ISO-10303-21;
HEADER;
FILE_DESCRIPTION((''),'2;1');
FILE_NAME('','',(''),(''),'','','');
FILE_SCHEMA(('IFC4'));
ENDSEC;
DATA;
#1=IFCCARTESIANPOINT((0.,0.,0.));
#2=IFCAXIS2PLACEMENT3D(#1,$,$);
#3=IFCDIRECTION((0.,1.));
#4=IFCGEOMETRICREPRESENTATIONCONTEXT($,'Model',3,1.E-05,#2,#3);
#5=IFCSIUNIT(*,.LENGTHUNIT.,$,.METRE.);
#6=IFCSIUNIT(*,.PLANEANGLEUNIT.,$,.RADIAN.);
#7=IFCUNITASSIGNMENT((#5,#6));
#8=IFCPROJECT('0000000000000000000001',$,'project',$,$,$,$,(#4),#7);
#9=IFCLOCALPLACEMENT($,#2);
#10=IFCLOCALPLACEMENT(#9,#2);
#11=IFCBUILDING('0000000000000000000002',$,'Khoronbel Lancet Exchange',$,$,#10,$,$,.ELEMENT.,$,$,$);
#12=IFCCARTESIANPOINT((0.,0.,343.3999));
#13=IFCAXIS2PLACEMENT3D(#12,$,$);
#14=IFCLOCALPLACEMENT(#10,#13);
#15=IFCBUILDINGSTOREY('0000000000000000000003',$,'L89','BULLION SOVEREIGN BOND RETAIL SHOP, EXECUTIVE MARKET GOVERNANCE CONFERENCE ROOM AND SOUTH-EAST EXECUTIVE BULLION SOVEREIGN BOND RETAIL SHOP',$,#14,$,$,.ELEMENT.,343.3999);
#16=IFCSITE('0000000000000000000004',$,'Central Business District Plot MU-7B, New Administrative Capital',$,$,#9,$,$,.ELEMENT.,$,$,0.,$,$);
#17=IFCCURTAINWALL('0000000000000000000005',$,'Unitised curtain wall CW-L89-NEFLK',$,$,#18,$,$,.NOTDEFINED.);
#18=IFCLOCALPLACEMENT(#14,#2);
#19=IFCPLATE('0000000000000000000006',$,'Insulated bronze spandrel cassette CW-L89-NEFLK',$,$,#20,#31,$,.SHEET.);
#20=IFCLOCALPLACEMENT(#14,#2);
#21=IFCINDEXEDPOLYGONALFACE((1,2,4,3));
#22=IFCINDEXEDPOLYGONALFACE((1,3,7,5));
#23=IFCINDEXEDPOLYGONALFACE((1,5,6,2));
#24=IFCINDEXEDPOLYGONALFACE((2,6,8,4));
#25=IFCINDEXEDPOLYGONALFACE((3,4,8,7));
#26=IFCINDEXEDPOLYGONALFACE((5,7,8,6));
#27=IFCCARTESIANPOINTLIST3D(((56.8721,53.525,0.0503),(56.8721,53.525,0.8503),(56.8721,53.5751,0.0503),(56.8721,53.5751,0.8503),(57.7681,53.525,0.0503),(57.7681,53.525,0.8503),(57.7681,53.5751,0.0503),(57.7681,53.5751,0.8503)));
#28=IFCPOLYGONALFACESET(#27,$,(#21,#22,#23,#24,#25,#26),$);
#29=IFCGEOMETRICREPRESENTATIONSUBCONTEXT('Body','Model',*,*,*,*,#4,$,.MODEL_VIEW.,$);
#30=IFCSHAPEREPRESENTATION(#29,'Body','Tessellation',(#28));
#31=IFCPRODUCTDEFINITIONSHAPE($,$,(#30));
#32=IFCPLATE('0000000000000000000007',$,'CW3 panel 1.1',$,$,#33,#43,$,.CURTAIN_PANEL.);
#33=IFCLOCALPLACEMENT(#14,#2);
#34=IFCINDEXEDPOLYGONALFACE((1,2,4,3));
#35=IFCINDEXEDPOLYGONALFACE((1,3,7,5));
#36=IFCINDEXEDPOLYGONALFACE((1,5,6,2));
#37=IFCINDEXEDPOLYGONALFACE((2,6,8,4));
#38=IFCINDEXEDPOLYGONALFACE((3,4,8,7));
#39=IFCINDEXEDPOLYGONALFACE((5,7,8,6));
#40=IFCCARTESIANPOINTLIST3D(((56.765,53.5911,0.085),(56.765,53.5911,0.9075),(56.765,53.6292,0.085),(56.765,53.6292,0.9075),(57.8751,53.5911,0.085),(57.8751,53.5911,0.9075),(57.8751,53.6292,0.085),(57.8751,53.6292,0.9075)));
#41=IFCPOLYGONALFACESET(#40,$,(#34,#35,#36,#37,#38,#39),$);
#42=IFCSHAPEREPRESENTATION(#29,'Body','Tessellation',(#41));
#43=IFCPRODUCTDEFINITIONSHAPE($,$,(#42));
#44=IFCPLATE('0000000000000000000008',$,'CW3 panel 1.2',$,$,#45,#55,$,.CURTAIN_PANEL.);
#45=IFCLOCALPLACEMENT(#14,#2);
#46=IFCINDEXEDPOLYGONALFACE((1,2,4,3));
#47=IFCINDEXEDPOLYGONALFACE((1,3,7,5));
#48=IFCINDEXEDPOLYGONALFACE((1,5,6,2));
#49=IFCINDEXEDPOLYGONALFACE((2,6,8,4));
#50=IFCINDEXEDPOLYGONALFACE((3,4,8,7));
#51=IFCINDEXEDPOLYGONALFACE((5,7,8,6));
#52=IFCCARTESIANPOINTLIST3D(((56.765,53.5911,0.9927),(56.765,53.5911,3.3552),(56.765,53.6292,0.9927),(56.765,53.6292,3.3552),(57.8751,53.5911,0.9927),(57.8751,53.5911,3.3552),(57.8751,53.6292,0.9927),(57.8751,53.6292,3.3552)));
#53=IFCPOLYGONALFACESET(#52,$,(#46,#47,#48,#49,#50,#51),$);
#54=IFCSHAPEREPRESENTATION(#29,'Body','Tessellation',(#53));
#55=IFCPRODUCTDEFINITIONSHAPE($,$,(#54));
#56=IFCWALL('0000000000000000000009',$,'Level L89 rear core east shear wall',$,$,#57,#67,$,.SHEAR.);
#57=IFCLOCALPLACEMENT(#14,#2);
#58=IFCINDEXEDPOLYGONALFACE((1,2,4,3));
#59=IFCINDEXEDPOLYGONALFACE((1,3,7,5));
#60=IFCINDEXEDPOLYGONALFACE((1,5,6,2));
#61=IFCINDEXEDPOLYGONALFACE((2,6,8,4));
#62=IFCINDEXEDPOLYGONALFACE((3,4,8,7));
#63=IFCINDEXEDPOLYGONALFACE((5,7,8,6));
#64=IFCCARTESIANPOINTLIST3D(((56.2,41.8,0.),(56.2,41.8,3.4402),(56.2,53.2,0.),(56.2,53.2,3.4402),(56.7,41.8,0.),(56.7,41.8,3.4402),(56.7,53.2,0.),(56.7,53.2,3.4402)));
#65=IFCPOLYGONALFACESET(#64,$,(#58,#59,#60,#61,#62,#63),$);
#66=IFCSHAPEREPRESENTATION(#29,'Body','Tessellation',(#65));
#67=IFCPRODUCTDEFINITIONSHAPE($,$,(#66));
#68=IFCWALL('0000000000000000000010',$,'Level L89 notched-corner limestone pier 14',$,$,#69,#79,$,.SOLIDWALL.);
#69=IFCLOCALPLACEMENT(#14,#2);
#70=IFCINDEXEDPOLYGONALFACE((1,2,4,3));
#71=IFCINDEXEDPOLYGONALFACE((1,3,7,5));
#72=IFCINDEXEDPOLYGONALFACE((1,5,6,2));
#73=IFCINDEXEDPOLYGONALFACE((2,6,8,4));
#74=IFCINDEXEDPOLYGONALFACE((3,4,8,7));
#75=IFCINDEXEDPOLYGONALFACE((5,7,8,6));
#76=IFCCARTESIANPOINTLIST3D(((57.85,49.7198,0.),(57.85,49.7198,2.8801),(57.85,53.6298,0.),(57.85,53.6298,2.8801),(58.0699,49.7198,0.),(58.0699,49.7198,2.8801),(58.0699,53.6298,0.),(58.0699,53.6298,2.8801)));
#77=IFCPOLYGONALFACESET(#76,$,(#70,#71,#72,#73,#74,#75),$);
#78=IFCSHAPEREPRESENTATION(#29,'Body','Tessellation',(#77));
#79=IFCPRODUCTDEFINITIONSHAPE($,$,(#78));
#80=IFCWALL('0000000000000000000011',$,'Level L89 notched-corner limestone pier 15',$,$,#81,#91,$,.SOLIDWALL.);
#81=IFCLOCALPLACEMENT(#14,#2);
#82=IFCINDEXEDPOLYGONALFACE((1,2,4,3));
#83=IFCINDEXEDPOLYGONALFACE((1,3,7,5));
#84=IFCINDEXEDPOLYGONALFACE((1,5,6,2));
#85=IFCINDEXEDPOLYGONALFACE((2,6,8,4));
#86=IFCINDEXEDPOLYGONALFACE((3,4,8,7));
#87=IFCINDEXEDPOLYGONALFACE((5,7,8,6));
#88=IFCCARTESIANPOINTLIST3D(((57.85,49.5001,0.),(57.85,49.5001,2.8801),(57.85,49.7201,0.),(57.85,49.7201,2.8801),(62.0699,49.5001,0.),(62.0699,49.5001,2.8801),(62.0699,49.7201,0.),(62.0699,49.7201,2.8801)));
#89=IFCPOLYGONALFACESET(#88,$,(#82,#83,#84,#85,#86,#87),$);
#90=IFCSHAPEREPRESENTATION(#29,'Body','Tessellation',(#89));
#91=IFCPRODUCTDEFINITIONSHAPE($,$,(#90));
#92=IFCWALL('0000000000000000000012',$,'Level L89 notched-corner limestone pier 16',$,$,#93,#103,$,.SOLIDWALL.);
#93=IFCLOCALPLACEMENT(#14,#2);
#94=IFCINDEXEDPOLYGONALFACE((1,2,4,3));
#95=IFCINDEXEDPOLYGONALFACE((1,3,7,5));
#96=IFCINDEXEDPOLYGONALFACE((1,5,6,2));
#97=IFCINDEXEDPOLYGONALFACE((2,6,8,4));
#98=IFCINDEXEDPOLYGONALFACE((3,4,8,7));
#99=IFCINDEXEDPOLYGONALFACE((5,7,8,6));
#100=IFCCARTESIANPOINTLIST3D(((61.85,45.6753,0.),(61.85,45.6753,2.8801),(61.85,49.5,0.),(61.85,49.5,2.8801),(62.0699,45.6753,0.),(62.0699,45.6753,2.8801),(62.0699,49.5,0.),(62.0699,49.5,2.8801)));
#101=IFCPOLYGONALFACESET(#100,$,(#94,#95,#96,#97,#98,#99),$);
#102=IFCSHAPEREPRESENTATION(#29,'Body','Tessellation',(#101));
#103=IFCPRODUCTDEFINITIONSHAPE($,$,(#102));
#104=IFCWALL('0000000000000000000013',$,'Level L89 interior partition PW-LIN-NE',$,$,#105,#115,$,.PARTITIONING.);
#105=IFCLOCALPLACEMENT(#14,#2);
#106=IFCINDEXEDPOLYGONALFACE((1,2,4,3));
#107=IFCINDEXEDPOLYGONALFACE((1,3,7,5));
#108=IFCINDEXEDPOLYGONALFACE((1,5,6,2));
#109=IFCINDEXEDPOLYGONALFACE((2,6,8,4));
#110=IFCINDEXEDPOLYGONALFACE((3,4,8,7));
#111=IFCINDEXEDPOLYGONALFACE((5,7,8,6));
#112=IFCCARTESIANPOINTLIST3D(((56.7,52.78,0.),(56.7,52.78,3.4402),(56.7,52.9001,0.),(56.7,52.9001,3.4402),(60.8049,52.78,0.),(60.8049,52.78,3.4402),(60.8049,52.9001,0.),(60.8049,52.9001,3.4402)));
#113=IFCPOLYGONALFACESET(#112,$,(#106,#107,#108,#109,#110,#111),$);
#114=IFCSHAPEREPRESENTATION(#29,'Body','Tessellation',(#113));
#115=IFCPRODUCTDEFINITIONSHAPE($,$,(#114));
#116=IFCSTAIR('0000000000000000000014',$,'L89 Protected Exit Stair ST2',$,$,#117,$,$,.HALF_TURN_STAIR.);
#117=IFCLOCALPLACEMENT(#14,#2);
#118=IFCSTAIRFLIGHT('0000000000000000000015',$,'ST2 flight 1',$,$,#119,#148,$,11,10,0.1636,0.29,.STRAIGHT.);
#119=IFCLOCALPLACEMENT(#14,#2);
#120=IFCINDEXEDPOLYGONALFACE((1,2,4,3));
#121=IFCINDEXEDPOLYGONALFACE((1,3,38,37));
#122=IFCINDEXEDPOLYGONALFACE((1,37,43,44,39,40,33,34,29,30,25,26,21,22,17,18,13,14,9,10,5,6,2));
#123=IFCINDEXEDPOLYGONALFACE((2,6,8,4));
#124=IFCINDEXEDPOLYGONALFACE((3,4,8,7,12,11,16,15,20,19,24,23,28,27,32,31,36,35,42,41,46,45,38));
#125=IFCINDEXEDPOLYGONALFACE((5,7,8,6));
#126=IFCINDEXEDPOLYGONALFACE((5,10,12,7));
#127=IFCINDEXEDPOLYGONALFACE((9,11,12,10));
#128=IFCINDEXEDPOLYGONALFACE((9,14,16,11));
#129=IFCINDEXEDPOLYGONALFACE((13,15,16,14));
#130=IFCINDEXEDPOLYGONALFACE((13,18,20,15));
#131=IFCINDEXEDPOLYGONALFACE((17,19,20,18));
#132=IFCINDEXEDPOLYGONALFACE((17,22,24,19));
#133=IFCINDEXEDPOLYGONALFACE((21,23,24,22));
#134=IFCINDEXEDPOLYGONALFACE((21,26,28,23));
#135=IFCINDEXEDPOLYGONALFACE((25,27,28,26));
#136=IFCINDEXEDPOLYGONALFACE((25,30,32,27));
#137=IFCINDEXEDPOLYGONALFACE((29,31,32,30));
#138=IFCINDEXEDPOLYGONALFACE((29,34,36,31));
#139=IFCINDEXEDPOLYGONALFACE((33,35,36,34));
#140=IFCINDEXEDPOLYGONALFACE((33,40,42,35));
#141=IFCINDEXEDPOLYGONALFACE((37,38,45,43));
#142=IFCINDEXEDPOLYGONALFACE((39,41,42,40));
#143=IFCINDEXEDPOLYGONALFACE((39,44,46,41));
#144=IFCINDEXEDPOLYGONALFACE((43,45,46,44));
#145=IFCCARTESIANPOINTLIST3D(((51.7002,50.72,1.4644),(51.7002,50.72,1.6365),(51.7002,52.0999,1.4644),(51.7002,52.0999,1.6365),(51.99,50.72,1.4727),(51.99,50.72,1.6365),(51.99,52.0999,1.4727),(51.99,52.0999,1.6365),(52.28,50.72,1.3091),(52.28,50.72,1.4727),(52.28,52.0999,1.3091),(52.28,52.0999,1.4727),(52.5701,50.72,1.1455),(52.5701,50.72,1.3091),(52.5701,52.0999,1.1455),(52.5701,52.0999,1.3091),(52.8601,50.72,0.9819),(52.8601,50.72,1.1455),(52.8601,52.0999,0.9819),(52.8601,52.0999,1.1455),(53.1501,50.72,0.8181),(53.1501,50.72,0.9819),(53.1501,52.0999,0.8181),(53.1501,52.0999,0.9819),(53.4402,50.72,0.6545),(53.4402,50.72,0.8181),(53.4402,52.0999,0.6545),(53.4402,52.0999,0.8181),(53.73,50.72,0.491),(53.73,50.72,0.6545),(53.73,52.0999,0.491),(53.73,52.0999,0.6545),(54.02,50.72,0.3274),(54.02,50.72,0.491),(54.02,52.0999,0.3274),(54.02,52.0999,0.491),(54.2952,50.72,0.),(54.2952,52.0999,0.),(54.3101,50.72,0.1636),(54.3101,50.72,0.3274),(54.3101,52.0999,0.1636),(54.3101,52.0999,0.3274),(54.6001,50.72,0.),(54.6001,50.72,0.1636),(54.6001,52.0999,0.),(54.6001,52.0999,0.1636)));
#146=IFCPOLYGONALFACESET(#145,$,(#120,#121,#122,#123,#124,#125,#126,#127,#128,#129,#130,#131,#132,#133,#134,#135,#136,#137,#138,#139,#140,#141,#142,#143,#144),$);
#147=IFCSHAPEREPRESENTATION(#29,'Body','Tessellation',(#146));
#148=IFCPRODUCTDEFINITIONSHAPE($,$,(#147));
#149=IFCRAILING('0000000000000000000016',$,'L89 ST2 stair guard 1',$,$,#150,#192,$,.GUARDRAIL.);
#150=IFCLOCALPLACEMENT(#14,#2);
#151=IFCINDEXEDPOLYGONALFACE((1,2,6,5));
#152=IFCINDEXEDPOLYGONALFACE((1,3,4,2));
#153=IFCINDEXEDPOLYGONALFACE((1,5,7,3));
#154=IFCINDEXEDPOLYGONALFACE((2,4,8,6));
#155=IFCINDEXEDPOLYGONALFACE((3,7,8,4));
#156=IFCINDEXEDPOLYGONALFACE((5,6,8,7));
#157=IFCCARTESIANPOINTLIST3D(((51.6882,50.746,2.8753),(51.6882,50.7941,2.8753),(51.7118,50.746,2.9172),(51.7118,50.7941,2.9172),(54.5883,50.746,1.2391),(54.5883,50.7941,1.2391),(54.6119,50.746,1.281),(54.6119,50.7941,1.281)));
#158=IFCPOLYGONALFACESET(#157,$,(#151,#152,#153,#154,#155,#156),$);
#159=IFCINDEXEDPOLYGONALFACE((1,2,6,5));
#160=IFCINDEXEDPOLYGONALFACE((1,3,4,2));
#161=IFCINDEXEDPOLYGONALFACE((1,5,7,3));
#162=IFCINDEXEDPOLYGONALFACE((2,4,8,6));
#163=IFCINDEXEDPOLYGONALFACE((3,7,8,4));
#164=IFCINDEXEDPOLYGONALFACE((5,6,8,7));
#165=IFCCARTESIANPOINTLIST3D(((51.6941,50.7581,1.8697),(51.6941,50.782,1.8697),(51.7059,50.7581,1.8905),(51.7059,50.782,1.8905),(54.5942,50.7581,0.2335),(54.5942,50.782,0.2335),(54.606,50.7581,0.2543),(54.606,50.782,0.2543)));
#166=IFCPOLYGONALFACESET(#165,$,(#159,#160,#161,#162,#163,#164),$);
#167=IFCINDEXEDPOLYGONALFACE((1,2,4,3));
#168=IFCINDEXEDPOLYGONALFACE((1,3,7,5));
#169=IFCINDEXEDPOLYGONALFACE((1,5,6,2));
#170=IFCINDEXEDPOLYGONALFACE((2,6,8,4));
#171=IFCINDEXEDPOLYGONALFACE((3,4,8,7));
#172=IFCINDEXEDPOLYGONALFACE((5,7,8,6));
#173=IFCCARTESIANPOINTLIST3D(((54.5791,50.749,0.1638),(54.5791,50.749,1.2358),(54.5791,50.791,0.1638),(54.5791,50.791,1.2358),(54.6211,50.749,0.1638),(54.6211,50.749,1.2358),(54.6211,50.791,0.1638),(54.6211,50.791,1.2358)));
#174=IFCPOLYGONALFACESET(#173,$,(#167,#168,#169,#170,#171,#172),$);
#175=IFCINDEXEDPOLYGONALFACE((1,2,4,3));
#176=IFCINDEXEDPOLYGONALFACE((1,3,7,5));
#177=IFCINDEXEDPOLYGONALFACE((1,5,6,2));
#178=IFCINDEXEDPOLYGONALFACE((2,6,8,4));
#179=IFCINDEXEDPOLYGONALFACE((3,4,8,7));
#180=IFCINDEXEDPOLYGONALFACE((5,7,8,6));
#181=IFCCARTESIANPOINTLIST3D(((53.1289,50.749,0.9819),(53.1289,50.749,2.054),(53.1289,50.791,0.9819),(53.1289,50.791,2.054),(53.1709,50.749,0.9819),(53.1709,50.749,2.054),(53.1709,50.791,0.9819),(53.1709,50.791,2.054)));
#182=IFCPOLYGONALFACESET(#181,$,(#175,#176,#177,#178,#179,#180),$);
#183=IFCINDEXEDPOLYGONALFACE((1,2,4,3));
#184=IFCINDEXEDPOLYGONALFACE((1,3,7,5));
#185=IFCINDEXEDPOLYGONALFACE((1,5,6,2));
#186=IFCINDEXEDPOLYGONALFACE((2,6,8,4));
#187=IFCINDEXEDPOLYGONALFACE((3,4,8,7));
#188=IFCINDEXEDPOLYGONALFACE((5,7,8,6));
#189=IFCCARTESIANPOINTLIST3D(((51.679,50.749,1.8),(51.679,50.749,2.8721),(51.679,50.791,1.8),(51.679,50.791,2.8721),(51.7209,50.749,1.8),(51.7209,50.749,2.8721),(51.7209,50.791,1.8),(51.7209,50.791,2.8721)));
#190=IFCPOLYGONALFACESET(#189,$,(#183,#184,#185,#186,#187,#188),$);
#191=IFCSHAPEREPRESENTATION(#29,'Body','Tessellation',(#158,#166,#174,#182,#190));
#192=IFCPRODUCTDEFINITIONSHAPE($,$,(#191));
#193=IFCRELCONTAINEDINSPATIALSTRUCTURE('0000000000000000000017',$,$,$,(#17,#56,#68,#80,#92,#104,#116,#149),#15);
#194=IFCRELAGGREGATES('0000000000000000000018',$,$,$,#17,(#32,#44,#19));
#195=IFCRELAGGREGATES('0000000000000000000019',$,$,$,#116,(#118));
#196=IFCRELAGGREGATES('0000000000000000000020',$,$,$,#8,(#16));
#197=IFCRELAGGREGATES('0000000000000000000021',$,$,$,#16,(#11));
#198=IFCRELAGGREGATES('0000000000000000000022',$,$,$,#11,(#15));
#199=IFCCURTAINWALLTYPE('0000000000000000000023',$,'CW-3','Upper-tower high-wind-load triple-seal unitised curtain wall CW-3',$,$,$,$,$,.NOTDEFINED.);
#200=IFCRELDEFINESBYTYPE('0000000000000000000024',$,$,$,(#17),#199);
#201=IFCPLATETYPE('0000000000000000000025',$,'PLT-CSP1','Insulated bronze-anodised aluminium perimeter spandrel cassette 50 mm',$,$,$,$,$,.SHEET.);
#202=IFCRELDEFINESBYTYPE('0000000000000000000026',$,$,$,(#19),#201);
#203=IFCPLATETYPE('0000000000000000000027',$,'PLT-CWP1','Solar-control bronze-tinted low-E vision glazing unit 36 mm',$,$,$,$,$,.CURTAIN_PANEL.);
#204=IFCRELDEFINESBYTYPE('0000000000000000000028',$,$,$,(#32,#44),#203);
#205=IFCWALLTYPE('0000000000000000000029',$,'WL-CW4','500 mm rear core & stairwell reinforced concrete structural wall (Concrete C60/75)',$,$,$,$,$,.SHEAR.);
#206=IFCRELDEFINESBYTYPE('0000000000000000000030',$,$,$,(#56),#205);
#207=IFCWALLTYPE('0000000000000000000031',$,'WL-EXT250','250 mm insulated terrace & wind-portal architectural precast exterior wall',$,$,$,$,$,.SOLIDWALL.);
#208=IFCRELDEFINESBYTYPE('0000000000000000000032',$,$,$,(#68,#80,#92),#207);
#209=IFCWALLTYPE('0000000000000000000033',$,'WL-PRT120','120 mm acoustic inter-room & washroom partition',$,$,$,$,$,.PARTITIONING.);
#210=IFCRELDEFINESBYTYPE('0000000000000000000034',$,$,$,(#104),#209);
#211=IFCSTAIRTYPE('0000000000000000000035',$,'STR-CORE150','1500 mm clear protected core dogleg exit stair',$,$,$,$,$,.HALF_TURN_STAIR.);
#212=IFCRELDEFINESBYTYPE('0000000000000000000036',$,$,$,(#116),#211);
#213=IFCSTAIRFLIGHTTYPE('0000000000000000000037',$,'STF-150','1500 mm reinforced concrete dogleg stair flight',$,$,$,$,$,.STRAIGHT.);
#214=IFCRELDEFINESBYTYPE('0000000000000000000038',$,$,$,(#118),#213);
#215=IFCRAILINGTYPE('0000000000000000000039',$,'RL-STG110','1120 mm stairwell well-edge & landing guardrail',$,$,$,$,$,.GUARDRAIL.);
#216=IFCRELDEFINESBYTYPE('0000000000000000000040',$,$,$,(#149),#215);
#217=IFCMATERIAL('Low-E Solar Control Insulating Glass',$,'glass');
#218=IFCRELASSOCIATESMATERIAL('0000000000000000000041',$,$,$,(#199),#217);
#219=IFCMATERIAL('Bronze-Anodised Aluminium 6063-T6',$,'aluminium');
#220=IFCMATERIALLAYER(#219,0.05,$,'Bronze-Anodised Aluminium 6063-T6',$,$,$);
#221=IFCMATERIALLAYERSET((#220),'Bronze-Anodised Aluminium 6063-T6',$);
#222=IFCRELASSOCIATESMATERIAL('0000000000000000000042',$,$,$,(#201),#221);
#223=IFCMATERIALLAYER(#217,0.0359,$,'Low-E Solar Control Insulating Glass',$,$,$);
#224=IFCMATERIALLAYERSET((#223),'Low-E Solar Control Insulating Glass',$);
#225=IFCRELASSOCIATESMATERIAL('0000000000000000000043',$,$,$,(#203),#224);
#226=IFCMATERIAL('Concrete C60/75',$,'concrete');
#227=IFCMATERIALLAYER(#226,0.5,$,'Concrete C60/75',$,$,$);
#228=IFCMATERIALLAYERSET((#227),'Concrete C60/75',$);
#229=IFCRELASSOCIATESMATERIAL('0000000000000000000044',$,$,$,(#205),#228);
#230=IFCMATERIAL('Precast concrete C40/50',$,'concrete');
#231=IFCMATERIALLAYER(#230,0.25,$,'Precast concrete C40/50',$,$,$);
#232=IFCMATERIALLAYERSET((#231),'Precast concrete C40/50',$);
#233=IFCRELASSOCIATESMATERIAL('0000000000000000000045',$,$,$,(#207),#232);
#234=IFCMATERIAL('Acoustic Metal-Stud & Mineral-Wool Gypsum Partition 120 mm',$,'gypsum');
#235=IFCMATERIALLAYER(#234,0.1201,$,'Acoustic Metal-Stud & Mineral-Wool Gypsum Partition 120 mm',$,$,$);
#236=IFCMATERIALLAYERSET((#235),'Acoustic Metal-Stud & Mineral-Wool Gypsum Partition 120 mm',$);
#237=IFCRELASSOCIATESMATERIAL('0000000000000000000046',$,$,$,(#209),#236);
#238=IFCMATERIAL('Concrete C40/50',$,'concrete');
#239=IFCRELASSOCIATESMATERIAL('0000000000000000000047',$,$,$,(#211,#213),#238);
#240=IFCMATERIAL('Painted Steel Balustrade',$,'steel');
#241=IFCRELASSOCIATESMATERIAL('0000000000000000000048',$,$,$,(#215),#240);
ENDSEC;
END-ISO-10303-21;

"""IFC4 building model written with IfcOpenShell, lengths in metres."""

from ifc_helpers import new_model, si_unit, direction, frame, frame_2d, origin, origin_2d, place, context, subcontext, project, spatial, polyline, rectangle, outline, extrude, material, layer, layer_set, type_object, element, aggregate, save


model = new_model("IFC4")

# Units and contexts
model_context = context("Model", 3, precision=1e-05, world=origin(), true_north=direction((0.0, 1.0)))
body_context = subcontext(model_context, "Body", "Model", "MODEL_VIEW")
ifc_project = project(units=[si_unit("LENGTHUNIT", "METRE"), si_unit("PLANEANGLEUNIT", "RADIAN")], contexts=[model_context])

# Site, building, storey
site_placement = place(None, origin())
site = spatial("IfcSite", under=ifc_project, at=site_placement, Name="Central Business District Plot MU-7B, New Administrative Capital", CompositionType="ELEMENT", RefElevation=0.0)
building_placement = place(site_placement, origin())
building = spatial("IfcBuilding", under=site, at=building_placement, Name="Khoronbel Lancet Exchange", CompositionType="ELEMENT")
storey_placement = place(building_placement, frame((0.0, 0.0, 343.3999)))
storey = spatial("IfcBuildingStorey", under=building, at=storey_placement, Name="L89", Description="BULLION SOVEREIGN BOND RETAIL SHOP, EXECUTIVE MARKET GOVERNANCE CONFERENCE ROOM AND SOUTH-EAST EXECUTIVE BULLION SOVEREIGN BOND RETAIL SHOP", CompositionType="ELEMENT", Elevation=343.3999)

# Curtain wall, plates
ifc_material_1 = material(Name="Low-E Solar Control Insulating Glass", Category="glass")
curtain_wall_type = type_object("IfcCurtainWallType", Name="CW-3", Description="Upper-tower high-wind-load triple-seal unitised curtain wall CW-3", PredefinedType="NOTDEFINED", material=ifc_material_1)
curtain_wall_placement = place(storey_placement, origin())
curtain_wall = element("IfcCurtainWall", 1, at=curtain_wall_placement, inside=storey, type_object=curtain_wall_type, Name="Unitised curtain wall CW-L89-NEFLK", PredefinedType="NOTDEFINED")
ifc_material_2 = material(Name="Bronze-Anodised Aluminium 6063-T6", Category="aluminium")
ifc_layer_1 = layer(ifc_material_2, 0.05, Name="Bronze-Anodised Aluminium 6063-T6")
ifc_layer_set_1 = layer_set([ifc_layer_1], Name="Bronze-Anodised Aluminium 6063-T6")
plate_type_1 = type_object("IfcPlateType", Name="PLT-CSP1", Description="Insulated bronze-anodised aluminium perimeter spandrel cassette 50 mm", PredefinedType="SHEET", material=ifc_layer_set_1)
plate_1_placement = place(storey_placement, frame((57.3201, 53.55, 0.0503), z_axis=(0.0, 0.0, 1.0), x_axis=(-1.0, 0.0, 0.0)))
plate_1 = element("IfcPlate", 2, at=plate_1_placement, type_object=plate_type_1, Name="Insulated bronze spandrel cassette CW-L89-NEFLK", PredefinedType="SHEET", context=body_context, shape_type="SweptSolid", body=[
    extrude(rectangle(XDim=0.896, YDim=0.05, at=origin_2d()), origin(), (0.0, 0.0, 1.0), 0.8),
])
ifc_layer_2 = layer(ifc_material_1, 0.0359, Name="Low-E Solar Control Insulating Glass")
ifc_layer_set_2 = layer_set([ifc_layer_2], Name="Low-E Solar Control Insulating Glass")
plate_type_2 = type_object("IfcPlateType", Name="PLT-CWP1", Description="Solar-control bronze-tinted low-E vision glazing unit 36 mm", PredefinedType="CURTAIN_PANEL", material=ifc_layer_set_2)
plate_2_placement = place(storey_placement, frame((57.3201, 53.6101, 0.085), z_axis=(0.0, 0.0, 1.0), x_axis=(-1.0, 0.0, 0.0)))
plate_2 = element("IfcPlate", 3, at=plate_2_placement, type_object=plate_type_2, Name="CW3 panel 1.1", PredefinedType="CURTAIN_PANEL", context=body_context, shape_type="SweptSolid", body=[
    extrude(rectangle(XDim=1.1101, YDim=0.0381, at=origin_2d()), origin(), (0.0, 0.0, 1.0), 0.8225),
])
plate_3_placement = place(storey_placement, frame((57.3201, 53.6101, 0.9927), z_axis=(0.0, 0.0, 1.0), x_axis=(-1.0, 0.0, 0.0)))
plate_3 = element("IfcPlate", 4, at=plate_3_placement, type_object=plate_type_2, Name="CW3 panel 1.2", PredefinedType="CURTAIN_PANEL", context=body_context, shape_type="SweptSolid", body=[
    extrude(rectangle(XDim=1.1101, YDim=0.0381, at=origin_2d()), origin(), (0.0, 0.0, 1.0), 2.3625),
])
aggregate(curtain_wall, [plate_2, plate_3, plate_1])

# Walls
ifc_material_3 = material(Name="Concrete C60/75", Category="concrete")
ifc_layer_3 = layer(ifc_material_3, 0.5, Name="Concrete C60/75")
ifc_layer_set_3 = layer_set([ifc_layer_3], Name="Concrete C60/75")
wall_type_1 = type_object("IfcWallType", Name="WL-CW4", Description="500 mm rear core & stairwell reinforced concrete structural wall (Concrete C60/75)", PredefinedType="SHEAR", material=ifc_layer_set_3)
wall_1_placement = place(storey_placement, frame((56.45, 53.2, 0.0), z_axis=(0.0, 0.0, 1.0), x_axis=(0.0, -1.0, 0.0)))
element("IfcWall", 5, at=wall_1_placement, inside=storey, type_object=wall_type_1, Name="Level L89 rear core east shear wall", PredefinedType="SHEAR", context=body_context, shape_type="SweptSolid", body=[
    extrude(rectangle(XDim=11.3999, YDim=0.5, at=frame_2d((5.7, 0.0))), origin(), (0.0, 0.0, 1.0), 3.4402),
])
ifc_material_4 = material(Name="Precast concrete C40/50", Category="concrete")
ifc_layer_4 = layer(ifc_material_4, 0.25, Name="Precast concrete C40/50")
ifc_layer_set_4 = layer_set([ifc_layer_4], Name="Precast concrete C40/50")
wall_type_2 = type_object("IfcWallType", Name="WL-EXT250", Description="250 mm insulated terrace & wind-portal architectural precast exterior wall", PredefinedType="SOLIDWALL", material=ifc_layer_set_4)
wall_2_placement = place(storey_placement, frame((57.96, 53.6299, 0.0), z_axis=(0.0, 0.0, 1.0), x_axis=(0.0, -1.0, 0.0)))
element("IfcWall", 6, at=wall_2_placement, inside=storey, type_object=wall_type_2, Name="Level L89 notched-corner limestone pier 14", PredefinedType="SOLIDWALL", context=body_context, shape_type="SweptSolid", body=[
    extrude(rectangle(XDim=3.9099, YDim=0.22, at=frame_2d((1.9551, 0.0))), origin(), (0.0, 0.0, 1.0), 2.8801),
])
wall_3_placement = place(storey_placement, frame((57.8501, 49.6101, 0.0), z_axis=(0.0, 0.0, 1.0), x_axis=(1.0, 0.0, 0.0)))
element("IfcWall", 7, at=wall_3_placement, inside=storey, type_object=wall_type_2, Name="Level L89 notched-corner limestone pier 15", PredefinedType="SOLIDWALL", context=body_context, shape_type="SweptSolid", body=[
    extrude(rectangle(XDim=4.22, YDim=0.22, at=frame_2d((2.1099, 0.0))), origin(), (0.0, 0.0, 1.0), 2.8801),
])
wall_4_placement = place(storey_placement, frame((61.96, 49.5, 0.0), z_axis=(0.0, 0.0, 1.0), x_axis=(0.0, -1.0, 0.0)))
element("IfcWall", 8, at=wall_4_placement, inside=storey, type_object=wall_type_2, Name="Level L89 notched-corner limestone pier 16", PredefinedType="SOLIDWALL", context=body_context, shape_type="SweptSolid", body=[
    extrude(rectangle(XDim=3.8247, YDim=0.22, at=frame_2d((1.9124, 0.0))), origin(), (0.0, 0.0, 1.0), 2.8801),
])
ifc_material_5 = material(Name="Acoustic Metal-Stud & Mineral-Wool Gypsum Partition 120 mm", Category="gypsum")
ifc_layer_5 = layer(ifc_material_5, 0.1201, Name="Acoustic Metal-Stud & Mineral-Wool Gypsum Partition 120 mm")
ifc_layer_set_5 = layer_set([ifc_layer_5], Name="Acoustic Metal-Stud & Mineral-Wool Gypsum Partition 120 mm")
wall_type_3 = type_object("IfcWallType", Name="WL-PRT120", Description="120 mm acoustic inter-room & washroom partition", PredefinedType="PARTITIONING", material=ifc_layer_set_5)
wall_5_placement = place(storey_placement, frame((56.7, 52.8401, 0.0), z_axis=(0.0, 0.0, 1.0), x_axis=(1.0, 0.0, 0.0)))
element("IfcWall", 9, at=wall_5_placement, inside=storey, type_object=wall_type_3, Name="Level L89 interior partition PW-LIN-NE", PredefinedType="PARTITIONING", context=body_context, shape_type="SweptSolid", body=[
    extrude(rectangle(XDim=4.105, YDim=0.1201, at=frame_2d((2.0525, 0.0))), origin(), (0.0, 0.0, 1.0), 3.4402),
])

# Stair, stair flight
ifc_material_6 = material(Name="Concrete C40/50", Category="concrete")
stair_type = type_object("IfcStairType", Name="STR-CORE150", Description="1500 mm clear protected core dogleg exit stair", PredefinedType="HALF_TURN_STAIR", material=ifc_material_6)
stair_placement = place(storey_placement, origin())
stair = element("IfcStair", 10, at=stair_placement, inside=storey, type_object=stair_type, Name="L89 Protected Exit Stair ST2", PredefinedType="HALF_TURN_STAIR")
stair_flight_type = type_object("IfcStairFlightType", Name="STF-150", Description="1500 mm reinforced concrete dogleg stair flight", PredefinedType="STRAIGHT", material=ifc_material_6)
stair_flight_placement = place(storey_placement, frame((54.6001, 51.4099, 0.0), z_axis=(0.0, 0.0, 1.0), x_axis=(-1.0, 0.0, 0.0)))
stair_flight = element("IfcStairFlight", 11, at=stair_flight_placement, type_object=stair_flight_type, Name="ST2 flight 1", NumberOfRisers=11, NumberOfTreads=10, PredefinedType="STRAIGHT", RiserHeight=0.1636, TreadLength=0.29, context=body_context, shape_type="SweptSolid", body=[
    extrude(outline(polyline([(0.0, 0.0), (0.0, 0.1636), (0.29, 0.1636), (0.29, 0.3274), (0.5801, 0.3274), (0.5801, 0.491), (0.8701, 0.491), (0.8701, 0.6545), (1.1599, 0.6545), (1.1599, 0.8181), (1.45, 0.8181), (1.45, 0.9819), (1.74, 0.9819), (1.74, 1.1455), (2.03, 1.1455), (2.03, 1.3091), (2.3201, 1.3091), (2.3201, 1.4727), (2.6101, 1.4727), (2.6101, 1.6365), (2.8999, 1.6365), (2.8999, 1.8), (2.8999, 1.4644), (0.3049, 0.0), (0.0, 0.0)])), frame((0.0, 0.6899, 0.0), z_axis=(0.0, -1.0, 0.0), x_axis=(1.0, 0.0, 0.0)), (0.0, 0.0, 1.0), 1.3799),
])
aggregate(stair, [stair_flight])

# Railing
ifc_material_7 = material(Name="Painted Steel Balustrade", Category="steel")
railing_type_1 = type_object("IfcRailingType", Name="RL-STG110", Description="1120 mm stairwell well-edge & landing guardrail", PredefinedType="GUARDRAIL", material=ifc_material_7)
railing_1_placement = place(storey_placement, frame((54.6001, 50.77, 0.1638)))
element("IfcRailing", 12, at=railing_1_placement, inside=storey, type_object=railing_type_1, Name="L89 ST2 stair guard 1", PredefinedType="GUARDRAIL", context=body_context, shape_type="SweptSolid", body=[
    extrude(rectangle(XDim=0.0481, YDim=0.0481, at=origin_2d()), frame((0.0, 0.0, 1.0962), z_axis=(-0.870946, 0.0, 0.491378), x_axis=(0.0, -1.0, 0.0)), (0.0, 0.0, 1.0), 3.3298),
    extrude(rectangle(XDim=0.0239, YDim=0.0239, at=origin_2d()), frame((0.0, 0.0, 0.0801), z_axis=(-0.870946, 0.0, 0.491378), x_axis=(0.0, -1.0, 0.0)), (0.0, 0.0, 1.0), 3.3298),
    extrude(rectangle(XDim=0.042, YDim=0.042, at=origin_2d()), origin(), (0.0, 0.0, 1.0), 1.072),
    extrude(rectangle(XDim=0.042, YDim=0.042, at=origin_2d()), frame((-1.4502, 0.0, 0.8181)), (0.0, 0.0, 1.0), 1.072),
    extrude(rectangle(XDim=0.042, YDim=0.042, at=origin_2d()), frame((-2.9001, 0.0, 1.6362)), (0.0, 0.0, 1.0), 1.072),
])

save(model, "model.ifc")
